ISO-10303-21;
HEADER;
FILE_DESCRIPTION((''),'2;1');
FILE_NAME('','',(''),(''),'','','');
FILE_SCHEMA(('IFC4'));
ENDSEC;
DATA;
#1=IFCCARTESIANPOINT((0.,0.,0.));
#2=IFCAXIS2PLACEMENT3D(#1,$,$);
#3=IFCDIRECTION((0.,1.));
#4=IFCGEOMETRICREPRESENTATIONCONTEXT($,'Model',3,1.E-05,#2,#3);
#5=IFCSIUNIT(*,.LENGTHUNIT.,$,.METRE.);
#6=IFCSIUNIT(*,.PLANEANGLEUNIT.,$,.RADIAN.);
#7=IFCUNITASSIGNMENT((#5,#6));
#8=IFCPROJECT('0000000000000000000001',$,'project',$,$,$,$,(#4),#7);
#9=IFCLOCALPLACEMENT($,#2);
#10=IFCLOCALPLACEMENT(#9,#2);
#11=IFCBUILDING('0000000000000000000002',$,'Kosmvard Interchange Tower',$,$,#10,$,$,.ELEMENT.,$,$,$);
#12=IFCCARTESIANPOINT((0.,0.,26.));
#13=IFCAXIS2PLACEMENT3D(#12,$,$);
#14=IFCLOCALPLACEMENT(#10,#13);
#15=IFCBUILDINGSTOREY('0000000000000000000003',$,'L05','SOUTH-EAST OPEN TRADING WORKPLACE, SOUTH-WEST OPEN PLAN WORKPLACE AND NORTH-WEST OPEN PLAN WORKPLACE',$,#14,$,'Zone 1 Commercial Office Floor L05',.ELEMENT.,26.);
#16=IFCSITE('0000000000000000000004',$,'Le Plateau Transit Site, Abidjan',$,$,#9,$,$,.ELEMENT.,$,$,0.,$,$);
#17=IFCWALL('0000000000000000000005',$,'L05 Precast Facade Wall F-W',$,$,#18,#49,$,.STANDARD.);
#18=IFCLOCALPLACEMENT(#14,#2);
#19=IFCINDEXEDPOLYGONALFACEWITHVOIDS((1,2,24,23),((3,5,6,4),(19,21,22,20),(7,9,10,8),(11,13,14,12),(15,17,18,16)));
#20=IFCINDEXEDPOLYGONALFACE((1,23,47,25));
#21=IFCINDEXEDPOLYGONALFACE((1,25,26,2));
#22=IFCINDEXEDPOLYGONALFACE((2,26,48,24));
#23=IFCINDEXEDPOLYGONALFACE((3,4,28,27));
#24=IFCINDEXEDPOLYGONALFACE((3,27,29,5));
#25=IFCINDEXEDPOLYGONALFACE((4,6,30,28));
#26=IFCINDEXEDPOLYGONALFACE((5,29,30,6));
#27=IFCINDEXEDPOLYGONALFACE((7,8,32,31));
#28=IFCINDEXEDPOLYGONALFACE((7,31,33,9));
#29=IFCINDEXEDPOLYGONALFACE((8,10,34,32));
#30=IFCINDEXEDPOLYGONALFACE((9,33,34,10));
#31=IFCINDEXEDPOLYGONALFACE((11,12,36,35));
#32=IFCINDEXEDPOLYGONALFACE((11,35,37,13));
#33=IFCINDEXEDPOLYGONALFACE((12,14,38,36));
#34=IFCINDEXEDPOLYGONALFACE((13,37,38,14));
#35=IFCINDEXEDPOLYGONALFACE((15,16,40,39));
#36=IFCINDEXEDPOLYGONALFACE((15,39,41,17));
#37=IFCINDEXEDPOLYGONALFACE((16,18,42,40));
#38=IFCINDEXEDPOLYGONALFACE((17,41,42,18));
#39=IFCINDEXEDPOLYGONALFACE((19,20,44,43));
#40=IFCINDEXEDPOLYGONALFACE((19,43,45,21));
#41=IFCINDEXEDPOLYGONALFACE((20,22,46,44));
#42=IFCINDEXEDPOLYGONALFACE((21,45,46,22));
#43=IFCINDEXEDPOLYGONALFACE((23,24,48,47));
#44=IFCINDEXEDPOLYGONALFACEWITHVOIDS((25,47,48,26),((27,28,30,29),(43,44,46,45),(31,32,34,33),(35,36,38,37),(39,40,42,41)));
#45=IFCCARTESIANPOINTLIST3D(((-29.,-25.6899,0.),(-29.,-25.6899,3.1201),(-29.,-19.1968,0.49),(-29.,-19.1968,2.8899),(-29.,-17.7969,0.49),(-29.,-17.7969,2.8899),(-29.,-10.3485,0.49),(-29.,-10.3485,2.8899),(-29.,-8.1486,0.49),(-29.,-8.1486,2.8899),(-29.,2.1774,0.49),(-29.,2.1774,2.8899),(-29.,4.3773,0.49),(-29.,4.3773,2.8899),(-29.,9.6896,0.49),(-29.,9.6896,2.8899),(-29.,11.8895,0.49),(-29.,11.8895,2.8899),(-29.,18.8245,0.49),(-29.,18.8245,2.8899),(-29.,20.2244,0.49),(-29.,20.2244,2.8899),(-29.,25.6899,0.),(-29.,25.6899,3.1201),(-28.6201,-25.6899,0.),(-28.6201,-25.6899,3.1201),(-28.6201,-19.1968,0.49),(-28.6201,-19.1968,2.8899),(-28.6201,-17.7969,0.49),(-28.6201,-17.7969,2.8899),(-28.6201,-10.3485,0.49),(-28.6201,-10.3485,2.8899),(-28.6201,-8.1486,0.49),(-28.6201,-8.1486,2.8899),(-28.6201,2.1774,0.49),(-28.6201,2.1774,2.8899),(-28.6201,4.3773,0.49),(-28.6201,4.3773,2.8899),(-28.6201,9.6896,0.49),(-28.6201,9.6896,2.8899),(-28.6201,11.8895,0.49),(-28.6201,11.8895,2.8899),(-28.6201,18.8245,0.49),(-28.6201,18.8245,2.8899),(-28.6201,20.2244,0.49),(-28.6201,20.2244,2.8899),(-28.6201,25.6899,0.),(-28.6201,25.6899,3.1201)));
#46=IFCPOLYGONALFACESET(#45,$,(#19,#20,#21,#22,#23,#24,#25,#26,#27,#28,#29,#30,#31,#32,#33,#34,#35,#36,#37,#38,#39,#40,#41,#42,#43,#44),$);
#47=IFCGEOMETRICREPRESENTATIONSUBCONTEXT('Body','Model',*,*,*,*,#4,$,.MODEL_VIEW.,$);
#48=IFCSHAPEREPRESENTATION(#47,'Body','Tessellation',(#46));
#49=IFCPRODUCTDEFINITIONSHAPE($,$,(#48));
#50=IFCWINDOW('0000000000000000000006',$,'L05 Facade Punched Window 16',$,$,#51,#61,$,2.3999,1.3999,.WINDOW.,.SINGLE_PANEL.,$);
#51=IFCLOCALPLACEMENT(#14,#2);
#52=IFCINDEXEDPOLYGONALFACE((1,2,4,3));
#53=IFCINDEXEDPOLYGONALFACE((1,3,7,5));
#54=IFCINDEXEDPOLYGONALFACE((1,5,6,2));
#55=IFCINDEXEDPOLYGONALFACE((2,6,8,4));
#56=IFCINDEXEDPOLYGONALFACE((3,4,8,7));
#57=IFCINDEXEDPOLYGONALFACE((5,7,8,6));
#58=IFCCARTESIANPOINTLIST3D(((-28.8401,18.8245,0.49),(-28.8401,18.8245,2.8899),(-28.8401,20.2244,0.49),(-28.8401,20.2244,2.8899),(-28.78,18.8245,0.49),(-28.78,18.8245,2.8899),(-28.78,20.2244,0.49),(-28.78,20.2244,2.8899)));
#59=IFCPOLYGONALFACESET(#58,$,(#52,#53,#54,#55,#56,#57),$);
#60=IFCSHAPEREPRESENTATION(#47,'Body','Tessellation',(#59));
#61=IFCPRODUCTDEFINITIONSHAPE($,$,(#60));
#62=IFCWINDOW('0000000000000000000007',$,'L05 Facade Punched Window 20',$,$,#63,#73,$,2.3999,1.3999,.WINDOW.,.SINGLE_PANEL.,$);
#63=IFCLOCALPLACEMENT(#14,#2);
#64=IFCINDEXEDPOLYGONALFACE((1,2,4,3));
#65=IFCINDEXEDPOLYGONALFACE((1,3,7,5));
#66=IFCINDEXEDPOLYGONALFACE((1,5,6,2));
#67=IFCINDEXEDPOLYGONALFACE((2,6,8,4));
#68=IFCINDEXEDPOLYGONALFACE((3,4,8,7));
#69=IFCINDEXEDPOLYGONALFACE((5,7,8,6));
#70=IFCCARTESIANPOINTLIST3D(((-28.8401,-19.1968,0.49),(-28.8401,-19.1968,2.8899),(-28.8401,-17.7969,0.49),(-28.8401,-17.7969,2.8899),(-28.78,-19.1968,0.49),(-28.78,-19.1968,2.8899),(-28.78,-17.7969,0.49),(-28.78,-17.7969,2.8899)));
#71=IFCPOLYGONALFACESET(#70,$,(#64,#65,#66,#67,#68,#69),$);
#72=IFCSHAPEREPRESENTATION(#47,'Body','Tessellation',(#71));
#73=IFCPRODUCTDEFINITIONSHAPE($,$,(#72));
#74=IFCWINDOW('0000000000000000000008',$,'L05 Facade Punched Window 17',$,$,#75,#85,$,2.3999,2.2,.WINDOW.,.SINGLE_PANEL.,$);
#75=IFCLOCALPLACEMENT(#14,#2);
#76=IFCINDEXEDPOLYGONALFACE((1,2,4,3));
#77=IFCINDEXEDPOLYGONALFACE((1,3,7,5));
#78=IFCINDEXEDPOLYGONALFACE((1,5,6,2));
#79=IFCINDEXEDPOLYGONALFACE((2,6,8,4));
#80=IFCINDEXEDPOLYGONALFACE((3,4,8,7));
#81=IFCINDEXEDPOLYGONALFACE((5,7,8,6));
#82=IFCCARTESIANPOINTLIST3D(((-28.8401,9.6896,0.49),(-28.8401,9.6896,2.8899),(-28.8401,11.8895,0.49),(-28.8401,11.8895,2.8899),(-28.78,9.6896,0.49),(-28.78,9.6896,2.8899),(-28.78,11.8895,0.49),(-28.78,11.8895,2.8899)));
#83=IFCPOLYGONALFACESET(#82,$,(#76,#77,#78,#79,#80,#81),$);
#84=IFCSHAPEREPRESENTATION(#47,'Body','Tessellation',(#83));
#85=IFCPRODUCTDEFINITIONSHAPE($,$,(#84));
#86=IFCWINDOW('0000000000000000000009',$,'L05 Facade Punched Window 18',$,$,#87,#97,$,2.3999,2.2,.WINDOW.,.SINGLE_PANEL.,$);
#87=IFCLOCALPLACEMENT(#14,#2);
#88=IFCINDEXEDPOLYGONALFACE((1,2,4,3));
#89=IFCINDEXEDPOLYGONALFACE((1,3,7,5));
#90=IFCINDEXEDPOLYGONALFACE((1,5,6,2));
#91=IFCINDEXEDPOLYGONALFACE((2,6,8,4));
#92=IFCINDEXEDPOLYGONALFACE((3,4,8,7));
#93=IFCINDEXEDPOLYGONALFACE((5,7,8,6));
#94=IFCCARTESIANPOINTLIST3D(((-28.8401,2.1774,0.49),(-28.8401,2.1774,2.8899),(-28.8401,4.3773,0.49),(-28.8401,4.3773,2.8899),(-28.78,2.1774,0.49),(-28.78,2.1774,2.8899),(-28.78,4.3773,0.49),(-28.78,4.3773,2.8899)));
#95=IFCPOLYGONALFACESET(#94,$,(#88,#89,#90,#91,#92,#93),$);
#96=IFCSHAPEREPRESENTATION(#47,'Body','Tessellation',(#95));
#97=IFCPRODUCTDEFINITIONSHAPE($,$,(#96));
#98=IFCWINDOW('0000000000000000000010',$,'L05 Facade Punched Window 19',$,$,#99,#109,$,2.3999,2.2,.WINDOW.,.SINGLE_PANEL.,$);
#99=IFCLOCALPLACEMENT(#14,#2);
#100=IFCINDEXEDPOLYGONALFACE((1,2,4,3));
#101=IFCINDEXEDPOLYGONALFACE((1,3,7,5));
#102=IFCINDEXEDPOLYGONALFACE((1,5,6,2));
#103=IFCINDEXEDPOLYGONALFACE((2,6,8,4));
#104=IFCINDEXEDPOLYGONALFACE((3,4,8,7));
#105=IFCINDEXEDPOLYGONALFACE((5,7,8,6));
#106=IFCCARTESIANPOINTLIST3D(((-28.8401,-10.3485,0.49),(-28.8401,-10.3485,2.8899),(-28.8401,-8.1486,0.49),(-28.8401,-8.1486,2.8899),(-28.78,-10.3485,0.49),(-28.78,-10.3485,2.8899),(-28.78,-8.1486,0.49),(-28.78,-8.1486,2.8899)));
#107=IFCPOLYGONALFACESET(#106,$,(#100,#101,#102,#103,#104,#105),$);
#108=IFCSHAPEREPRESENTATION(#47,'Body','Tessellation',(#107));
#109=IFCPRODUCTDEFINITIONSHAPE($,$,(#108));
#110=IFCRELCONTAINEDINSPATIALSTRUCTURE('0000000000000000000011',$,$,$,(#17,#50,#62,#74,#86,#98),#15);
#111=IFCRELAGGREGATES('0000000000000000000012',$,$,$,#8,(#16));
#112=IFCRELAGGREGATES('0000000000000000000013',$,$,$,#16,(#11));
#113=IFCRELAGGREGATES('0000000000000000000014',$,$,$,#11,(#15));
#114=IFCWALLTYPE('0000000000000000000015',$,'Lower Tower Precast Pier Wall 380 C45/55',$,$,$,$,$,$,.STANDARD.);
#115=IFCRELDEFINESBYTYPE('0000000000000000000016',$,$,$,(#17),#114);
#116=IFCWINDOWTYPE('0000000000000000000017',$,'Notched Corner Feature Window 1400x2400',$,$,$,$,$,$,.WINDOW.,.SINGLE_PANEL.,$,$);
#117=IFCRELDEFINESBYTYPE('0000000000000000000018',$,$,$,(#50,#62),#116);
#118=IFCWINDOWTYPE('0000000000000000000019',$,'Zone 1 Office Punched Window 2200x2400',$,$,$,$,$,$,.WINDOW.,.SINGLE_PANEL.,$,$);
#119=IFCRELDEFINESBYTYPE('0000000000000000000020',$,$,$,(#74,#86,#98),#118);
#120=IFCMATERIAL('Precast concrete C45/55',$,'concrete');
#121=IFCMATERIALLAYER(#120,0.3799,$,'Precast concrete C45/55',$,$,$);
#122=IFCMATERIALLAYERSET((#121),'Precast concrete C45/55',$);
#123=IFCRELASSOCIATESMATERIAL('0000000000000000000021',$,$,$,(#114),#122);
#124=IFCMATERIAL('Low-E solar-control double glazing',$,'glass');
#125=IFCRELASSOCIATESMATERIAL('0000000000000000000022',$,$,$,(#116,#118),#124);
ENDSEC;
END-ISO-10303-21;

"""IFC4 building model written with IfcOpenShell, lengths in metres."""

from ifc_helpers import new_model, si_unit, direction, frame, frame_2d, origin, place, context, subcontext, project, spatial, rectangle, extrude, source, transform, mapped, material, layer, layer_set, type_object, element, fill, save


model = new_model("IFC4")

# Units and contexts
model_context = context("Model", 3, precision=1e-05, world=origin(), true_north=direction((0.0, 1.0)))
body_context = subcontext(model_context, "Body", "Model", "MODEL_VIEW")
ifc_project = project(units=[si_unit("LENGTHUNIT", "METRE"), si_unit("PLANEANGLEUNIT", "RADIAN")], contexts=[model_context])

# Site, building, storey
site_placement = place(None, origin())
site = spatial("IfcSite", under=ifc_project, at=site_placement, Name="Le Plateau Transit Site, Abidjan", CompositionType="ELEMENT", RefElevation=0.0)
building_placement = place(site_placement, origin())
building = spatial("IfcBuilding", under=site, at=building_placement, Name="Kosmvard Interchange Tower", CompositionType="ELEMENT")
storey_placement = place(building_placement, frame((0.0, 0.0, 26.0)))
storey = spatial("IfcBuildingStorey", under=building, at=storey_placement, Name="L05", Description="SOUTH-EAST OPEN TRADING WORKPLACE, SOUTH-WEST OPEN PLAN WORKPLACE AND NORTH-WEST OPEN PLAN WORKPLACE", LongName="Zone 1 Commercial Office Floor L05", CompositionType="ELEMENT", Elevation=26.0)

# Shared definitions
ifc_material_1 = material(Name="Precast concrete C45/55", Category="concrete")
ifc_layer_1 = layer(ifc_material_1, 0.3799, Name="Precast concrete C45/55")
ifc_layer_set_1 = layer_set([ifc_layer_1], Name="Precast concrete C45/55")
wall_type = type_object("IfcWallType", Name="Lower Tower Precast Pier Wall 380 C45/55", PredefinedType="STANDARD", material=ifc_layer_set_1)

# Wall, openings, windows
wall_1_placement = place(storey_placement, frame((-28.8101, 25.6899, 0.0), z_axis=(0.0, 0.0, 1.0), x_axis=(0.0, -1.0, 0.0)))
wall_1 = element("IfcWall", 1, at=wall_1_placement, inside=storey, type_object=wall_type, Name="L05 Precast Facade Wall F-W", PredefinedType="STANDARD", context=body_context, shape_type="SweptSolid", body=[
    extrude(rectangle(XDim=51.3799, YDim=0.3799, at=frame_2d((25.6899, 0.0))), origin(), (0.0, 0.0, 1.0), 3.1201),
])
opening_1_placement = place(wall_1_placement, frame((5.4656, 0.0, 0.49)))
opening_1 = element("IfcOpeningElement", 2, at=opening_1_placement, cuts=wall_1, PredefinedType="OPENING", context=body_context, shape_type="SweptSolid", body=[
    extrude(rectangle(XDim=1.3999, YDim=2.3999, at=frame_2d((0.7, 1.2))), frame((0.0, 0.2, 0.0), z_axis=(0.0, -1.0, 0.0), x_axis=(1.0, 0.0, 0.0)), (0.0, 0.0, 1.0), 0.3999),
])
opening_2_placement = place(wall_1_placement, frame((13.8003, 0.0, 0.49)))
opening_2 = element("IfcOpeningElement", 3, at=opening_2_placement, cuts=wall_1, PredefinedType="OPENING", context=body_context, shape_type="SweptSolid", body=[
    extrude(rectangle(XDim=2.2, YDim=2.3999, at=frame_2d((1.1001, 1.2))), frame((0.0, 0.2, 0.0), z_axis=(0.0, -1.0, 0.0), x_axis=(1.0, 0.0, 0.0)), (0.0, 0.0, 1.0), 0.3999),
])
opening_3_placement = place(wall_1_placement, frame((21.3125, 0.0, 0.49)))
opening_3 = element("IfcOpeningElement", 4, at=opening_3_placement, cuts=wall_1, PredefinedType="OPENING", context=body_context, shape_type="SweptSolid", body=[
    extrude(rectangle(XDim=2.2, YDim=2.3999, at=frame_2d((1.1001, 1.2))), frame((0.0, 0.2, 0.0), z_axis=(0.0, -1.0, 0.0), x_axis=(1.0, 0.0, 0.0)), (0.0, 0.0, 1.0), 0.3999),
])
opening_4_placement = place(wall_1_placement, frame((33.8384, 0.0, 0.49)))
opening_4 = element("IfcOpeningElement", 5, at=opening_4_placement, cuts=wall_1, PredefinedType="OPENING", context=body_context, shape_type="SweptSolid", body=[
    extrude(rectangle(XDim=2.2, YDim=2.3999, at=frame_2d((1.1001, 1.2))), frame((0.0, 0.2, 0.0), z_axis=(0.0, -1.0, 0.0), x_axis=(1.0, 0.0, 0.0)), (0.0, 0.0, 1.0), 0.3999),
])
opening_5_placement = place(wall_1_placement, frame((43.4868, 0.0, 0.49)))
opening_5 = element("IfcOpeningElement", 6, at=opening_5_placement, cuts=wall_1, PredefinedType="OPENING", context=body_context, shape_type="SweptSolid", body=[
    extrude(rectangle(XDim=1.3999, YDim=2.3999, at=frame_2d((0.7, 1.2))), frame((0.0, 0.2, 0.0), z_axis=(0.0, -1.0, 0.0), x_axis=(1.0, 0.0, 0.0)), (0.0, 0.0, 1.0), 0.3999),
])
ifc_material_2 = material(Name="Low-E solar-control double glazing", Category="glass")
window_type_1 = type_object("IfcWindowType", Name="Notched Corner Feature Window 1400x2400", PartitioningType="SINGLE_PANEL", PredefinedType="WINDOW", material=ifc_material_2)
shared_shape_1 = source(origin(), body_context, "Body", "SweptSolid", [
    extrude(rectangle(XDim=1.3999, YDim=2.3999, at=frame_2d((0.7, 1.2))), frame((0.0, 0.03, 0.0), z_axis=(0.0, -1.0, 0.0), x_axis=(1.0, 0.0, 0.0)), (0.0, 0.0, 1.0), 0.0601),
])
window_1_placement = place(opening_1_placement, origin())
window_1 = element("IfcWindow", 7, at=window_1_placement, inside=storey, type_object=window_type_1, Name="L05 Facade Punched Window 16", OverallHeight=2.3999, OverallWidth=1.3999, PartitioningType="SINGLE_PANEL", PredefinedType="WINDOW", context=body_context, shape_type="MappedRepresentation", body=[
    mapped(shared_shape_1, transform((0.0, 0.0, 0.0), scale=1.0)),
])
fill(opening_1, window_1)
window_2_placement = place(opening_5_placement, origin())
window_2 = element("IfcWindow", 8, at=window_2_placement, inside=storey, type_object=window_type_1, Name="L05 Facade Punched Window 20", OverallHeight=2.3999, OverallWidth=1.3999, PartitioningType="SINGLE_PANEL", PredefinedType="WINDOW", context=body_context, shape_type="MappedRepresentation", body=[
    mapped(shared_shape_1, transform((0.0, 0.0, 0.0), scale=1.0)),
])
fill(opening_5, window_2)
window_type_2 = type_object("IfcWindowType", Name="Zone 1 Office Punched Window 2200x2400", PartitioningType="SINGLE_PANEL", PredefinedType="WINDOW", material=ifc_material_2)
shared_shape_2 = source(origin(), body_context, "Body", "SweptSolid", [
    extrude(rectangle(XDim=2.2, YDim=2.3999, at=frame_2d((1.1001, 1.2))), frame((0.0, 0.03, 0.0), z_axis=(0.0, -1.0, 0.0), x_axis=(1.0, 0.0, 0.0)), (0.0, 0.0, 1.0), 0.0601),
])
window_3_placement = place(opening_2_placement, origin())
window_3 = element("IfcWindow", 9, at=window_3_placement, inside=storey, type_object=window_type_2, Name="L05 Facade Punched Window 17", OverallHeight=2.3999, OverallWidth=2.2, PartitioningType="SINGLE_PANEL", PredefinedType="WINDOW", context=body_context, shape_type="MappedRepresentation", body=[
    mapped(shared_shape_2, transform((0.0, 0.0, 0.0), scale=1.0)),
])
fill(opening_2, window_3)
window_4_placement = place(opening_3_placement, origin())
window_4 = element("IfcWindow", 10, at=window_4_placement, inside=storey, type_object=window_type_2, Name="L05 Facade Punched Window 18", OverallHeight=2.3999, OverallWidth=2.2, PartitioningType="SINGLE_PANEL", PredefinedType="WINDOW", context=body_context, shape_type="MappedRepresentation", body=[
    mapped(shared_shape_2, transform((0.0, 0.0, 0.0), scale=1.0)),
])
fill(opening_3, window_4)
window_5_placement = place(opening_4_placement, origin())
window_5 = element("IfcWindow", 11, at=window_5_placement, inside=storey, type_object=window_type_2, Name="L05 Facade Punched Window 19", OverallHeight=2.3999, OverallWidth=2.2, PartitioningType="SINGLE_PANEL", PredefinedType="WINDOW", context=body_context, shape_type="MappedRepresentation", body=[
    mapped(shared_shape_2, transform((0.0, 0.0, 0.0), scale=1.0)),
])
fill(opening_4, window_5)

save(model, "model.ifc")
